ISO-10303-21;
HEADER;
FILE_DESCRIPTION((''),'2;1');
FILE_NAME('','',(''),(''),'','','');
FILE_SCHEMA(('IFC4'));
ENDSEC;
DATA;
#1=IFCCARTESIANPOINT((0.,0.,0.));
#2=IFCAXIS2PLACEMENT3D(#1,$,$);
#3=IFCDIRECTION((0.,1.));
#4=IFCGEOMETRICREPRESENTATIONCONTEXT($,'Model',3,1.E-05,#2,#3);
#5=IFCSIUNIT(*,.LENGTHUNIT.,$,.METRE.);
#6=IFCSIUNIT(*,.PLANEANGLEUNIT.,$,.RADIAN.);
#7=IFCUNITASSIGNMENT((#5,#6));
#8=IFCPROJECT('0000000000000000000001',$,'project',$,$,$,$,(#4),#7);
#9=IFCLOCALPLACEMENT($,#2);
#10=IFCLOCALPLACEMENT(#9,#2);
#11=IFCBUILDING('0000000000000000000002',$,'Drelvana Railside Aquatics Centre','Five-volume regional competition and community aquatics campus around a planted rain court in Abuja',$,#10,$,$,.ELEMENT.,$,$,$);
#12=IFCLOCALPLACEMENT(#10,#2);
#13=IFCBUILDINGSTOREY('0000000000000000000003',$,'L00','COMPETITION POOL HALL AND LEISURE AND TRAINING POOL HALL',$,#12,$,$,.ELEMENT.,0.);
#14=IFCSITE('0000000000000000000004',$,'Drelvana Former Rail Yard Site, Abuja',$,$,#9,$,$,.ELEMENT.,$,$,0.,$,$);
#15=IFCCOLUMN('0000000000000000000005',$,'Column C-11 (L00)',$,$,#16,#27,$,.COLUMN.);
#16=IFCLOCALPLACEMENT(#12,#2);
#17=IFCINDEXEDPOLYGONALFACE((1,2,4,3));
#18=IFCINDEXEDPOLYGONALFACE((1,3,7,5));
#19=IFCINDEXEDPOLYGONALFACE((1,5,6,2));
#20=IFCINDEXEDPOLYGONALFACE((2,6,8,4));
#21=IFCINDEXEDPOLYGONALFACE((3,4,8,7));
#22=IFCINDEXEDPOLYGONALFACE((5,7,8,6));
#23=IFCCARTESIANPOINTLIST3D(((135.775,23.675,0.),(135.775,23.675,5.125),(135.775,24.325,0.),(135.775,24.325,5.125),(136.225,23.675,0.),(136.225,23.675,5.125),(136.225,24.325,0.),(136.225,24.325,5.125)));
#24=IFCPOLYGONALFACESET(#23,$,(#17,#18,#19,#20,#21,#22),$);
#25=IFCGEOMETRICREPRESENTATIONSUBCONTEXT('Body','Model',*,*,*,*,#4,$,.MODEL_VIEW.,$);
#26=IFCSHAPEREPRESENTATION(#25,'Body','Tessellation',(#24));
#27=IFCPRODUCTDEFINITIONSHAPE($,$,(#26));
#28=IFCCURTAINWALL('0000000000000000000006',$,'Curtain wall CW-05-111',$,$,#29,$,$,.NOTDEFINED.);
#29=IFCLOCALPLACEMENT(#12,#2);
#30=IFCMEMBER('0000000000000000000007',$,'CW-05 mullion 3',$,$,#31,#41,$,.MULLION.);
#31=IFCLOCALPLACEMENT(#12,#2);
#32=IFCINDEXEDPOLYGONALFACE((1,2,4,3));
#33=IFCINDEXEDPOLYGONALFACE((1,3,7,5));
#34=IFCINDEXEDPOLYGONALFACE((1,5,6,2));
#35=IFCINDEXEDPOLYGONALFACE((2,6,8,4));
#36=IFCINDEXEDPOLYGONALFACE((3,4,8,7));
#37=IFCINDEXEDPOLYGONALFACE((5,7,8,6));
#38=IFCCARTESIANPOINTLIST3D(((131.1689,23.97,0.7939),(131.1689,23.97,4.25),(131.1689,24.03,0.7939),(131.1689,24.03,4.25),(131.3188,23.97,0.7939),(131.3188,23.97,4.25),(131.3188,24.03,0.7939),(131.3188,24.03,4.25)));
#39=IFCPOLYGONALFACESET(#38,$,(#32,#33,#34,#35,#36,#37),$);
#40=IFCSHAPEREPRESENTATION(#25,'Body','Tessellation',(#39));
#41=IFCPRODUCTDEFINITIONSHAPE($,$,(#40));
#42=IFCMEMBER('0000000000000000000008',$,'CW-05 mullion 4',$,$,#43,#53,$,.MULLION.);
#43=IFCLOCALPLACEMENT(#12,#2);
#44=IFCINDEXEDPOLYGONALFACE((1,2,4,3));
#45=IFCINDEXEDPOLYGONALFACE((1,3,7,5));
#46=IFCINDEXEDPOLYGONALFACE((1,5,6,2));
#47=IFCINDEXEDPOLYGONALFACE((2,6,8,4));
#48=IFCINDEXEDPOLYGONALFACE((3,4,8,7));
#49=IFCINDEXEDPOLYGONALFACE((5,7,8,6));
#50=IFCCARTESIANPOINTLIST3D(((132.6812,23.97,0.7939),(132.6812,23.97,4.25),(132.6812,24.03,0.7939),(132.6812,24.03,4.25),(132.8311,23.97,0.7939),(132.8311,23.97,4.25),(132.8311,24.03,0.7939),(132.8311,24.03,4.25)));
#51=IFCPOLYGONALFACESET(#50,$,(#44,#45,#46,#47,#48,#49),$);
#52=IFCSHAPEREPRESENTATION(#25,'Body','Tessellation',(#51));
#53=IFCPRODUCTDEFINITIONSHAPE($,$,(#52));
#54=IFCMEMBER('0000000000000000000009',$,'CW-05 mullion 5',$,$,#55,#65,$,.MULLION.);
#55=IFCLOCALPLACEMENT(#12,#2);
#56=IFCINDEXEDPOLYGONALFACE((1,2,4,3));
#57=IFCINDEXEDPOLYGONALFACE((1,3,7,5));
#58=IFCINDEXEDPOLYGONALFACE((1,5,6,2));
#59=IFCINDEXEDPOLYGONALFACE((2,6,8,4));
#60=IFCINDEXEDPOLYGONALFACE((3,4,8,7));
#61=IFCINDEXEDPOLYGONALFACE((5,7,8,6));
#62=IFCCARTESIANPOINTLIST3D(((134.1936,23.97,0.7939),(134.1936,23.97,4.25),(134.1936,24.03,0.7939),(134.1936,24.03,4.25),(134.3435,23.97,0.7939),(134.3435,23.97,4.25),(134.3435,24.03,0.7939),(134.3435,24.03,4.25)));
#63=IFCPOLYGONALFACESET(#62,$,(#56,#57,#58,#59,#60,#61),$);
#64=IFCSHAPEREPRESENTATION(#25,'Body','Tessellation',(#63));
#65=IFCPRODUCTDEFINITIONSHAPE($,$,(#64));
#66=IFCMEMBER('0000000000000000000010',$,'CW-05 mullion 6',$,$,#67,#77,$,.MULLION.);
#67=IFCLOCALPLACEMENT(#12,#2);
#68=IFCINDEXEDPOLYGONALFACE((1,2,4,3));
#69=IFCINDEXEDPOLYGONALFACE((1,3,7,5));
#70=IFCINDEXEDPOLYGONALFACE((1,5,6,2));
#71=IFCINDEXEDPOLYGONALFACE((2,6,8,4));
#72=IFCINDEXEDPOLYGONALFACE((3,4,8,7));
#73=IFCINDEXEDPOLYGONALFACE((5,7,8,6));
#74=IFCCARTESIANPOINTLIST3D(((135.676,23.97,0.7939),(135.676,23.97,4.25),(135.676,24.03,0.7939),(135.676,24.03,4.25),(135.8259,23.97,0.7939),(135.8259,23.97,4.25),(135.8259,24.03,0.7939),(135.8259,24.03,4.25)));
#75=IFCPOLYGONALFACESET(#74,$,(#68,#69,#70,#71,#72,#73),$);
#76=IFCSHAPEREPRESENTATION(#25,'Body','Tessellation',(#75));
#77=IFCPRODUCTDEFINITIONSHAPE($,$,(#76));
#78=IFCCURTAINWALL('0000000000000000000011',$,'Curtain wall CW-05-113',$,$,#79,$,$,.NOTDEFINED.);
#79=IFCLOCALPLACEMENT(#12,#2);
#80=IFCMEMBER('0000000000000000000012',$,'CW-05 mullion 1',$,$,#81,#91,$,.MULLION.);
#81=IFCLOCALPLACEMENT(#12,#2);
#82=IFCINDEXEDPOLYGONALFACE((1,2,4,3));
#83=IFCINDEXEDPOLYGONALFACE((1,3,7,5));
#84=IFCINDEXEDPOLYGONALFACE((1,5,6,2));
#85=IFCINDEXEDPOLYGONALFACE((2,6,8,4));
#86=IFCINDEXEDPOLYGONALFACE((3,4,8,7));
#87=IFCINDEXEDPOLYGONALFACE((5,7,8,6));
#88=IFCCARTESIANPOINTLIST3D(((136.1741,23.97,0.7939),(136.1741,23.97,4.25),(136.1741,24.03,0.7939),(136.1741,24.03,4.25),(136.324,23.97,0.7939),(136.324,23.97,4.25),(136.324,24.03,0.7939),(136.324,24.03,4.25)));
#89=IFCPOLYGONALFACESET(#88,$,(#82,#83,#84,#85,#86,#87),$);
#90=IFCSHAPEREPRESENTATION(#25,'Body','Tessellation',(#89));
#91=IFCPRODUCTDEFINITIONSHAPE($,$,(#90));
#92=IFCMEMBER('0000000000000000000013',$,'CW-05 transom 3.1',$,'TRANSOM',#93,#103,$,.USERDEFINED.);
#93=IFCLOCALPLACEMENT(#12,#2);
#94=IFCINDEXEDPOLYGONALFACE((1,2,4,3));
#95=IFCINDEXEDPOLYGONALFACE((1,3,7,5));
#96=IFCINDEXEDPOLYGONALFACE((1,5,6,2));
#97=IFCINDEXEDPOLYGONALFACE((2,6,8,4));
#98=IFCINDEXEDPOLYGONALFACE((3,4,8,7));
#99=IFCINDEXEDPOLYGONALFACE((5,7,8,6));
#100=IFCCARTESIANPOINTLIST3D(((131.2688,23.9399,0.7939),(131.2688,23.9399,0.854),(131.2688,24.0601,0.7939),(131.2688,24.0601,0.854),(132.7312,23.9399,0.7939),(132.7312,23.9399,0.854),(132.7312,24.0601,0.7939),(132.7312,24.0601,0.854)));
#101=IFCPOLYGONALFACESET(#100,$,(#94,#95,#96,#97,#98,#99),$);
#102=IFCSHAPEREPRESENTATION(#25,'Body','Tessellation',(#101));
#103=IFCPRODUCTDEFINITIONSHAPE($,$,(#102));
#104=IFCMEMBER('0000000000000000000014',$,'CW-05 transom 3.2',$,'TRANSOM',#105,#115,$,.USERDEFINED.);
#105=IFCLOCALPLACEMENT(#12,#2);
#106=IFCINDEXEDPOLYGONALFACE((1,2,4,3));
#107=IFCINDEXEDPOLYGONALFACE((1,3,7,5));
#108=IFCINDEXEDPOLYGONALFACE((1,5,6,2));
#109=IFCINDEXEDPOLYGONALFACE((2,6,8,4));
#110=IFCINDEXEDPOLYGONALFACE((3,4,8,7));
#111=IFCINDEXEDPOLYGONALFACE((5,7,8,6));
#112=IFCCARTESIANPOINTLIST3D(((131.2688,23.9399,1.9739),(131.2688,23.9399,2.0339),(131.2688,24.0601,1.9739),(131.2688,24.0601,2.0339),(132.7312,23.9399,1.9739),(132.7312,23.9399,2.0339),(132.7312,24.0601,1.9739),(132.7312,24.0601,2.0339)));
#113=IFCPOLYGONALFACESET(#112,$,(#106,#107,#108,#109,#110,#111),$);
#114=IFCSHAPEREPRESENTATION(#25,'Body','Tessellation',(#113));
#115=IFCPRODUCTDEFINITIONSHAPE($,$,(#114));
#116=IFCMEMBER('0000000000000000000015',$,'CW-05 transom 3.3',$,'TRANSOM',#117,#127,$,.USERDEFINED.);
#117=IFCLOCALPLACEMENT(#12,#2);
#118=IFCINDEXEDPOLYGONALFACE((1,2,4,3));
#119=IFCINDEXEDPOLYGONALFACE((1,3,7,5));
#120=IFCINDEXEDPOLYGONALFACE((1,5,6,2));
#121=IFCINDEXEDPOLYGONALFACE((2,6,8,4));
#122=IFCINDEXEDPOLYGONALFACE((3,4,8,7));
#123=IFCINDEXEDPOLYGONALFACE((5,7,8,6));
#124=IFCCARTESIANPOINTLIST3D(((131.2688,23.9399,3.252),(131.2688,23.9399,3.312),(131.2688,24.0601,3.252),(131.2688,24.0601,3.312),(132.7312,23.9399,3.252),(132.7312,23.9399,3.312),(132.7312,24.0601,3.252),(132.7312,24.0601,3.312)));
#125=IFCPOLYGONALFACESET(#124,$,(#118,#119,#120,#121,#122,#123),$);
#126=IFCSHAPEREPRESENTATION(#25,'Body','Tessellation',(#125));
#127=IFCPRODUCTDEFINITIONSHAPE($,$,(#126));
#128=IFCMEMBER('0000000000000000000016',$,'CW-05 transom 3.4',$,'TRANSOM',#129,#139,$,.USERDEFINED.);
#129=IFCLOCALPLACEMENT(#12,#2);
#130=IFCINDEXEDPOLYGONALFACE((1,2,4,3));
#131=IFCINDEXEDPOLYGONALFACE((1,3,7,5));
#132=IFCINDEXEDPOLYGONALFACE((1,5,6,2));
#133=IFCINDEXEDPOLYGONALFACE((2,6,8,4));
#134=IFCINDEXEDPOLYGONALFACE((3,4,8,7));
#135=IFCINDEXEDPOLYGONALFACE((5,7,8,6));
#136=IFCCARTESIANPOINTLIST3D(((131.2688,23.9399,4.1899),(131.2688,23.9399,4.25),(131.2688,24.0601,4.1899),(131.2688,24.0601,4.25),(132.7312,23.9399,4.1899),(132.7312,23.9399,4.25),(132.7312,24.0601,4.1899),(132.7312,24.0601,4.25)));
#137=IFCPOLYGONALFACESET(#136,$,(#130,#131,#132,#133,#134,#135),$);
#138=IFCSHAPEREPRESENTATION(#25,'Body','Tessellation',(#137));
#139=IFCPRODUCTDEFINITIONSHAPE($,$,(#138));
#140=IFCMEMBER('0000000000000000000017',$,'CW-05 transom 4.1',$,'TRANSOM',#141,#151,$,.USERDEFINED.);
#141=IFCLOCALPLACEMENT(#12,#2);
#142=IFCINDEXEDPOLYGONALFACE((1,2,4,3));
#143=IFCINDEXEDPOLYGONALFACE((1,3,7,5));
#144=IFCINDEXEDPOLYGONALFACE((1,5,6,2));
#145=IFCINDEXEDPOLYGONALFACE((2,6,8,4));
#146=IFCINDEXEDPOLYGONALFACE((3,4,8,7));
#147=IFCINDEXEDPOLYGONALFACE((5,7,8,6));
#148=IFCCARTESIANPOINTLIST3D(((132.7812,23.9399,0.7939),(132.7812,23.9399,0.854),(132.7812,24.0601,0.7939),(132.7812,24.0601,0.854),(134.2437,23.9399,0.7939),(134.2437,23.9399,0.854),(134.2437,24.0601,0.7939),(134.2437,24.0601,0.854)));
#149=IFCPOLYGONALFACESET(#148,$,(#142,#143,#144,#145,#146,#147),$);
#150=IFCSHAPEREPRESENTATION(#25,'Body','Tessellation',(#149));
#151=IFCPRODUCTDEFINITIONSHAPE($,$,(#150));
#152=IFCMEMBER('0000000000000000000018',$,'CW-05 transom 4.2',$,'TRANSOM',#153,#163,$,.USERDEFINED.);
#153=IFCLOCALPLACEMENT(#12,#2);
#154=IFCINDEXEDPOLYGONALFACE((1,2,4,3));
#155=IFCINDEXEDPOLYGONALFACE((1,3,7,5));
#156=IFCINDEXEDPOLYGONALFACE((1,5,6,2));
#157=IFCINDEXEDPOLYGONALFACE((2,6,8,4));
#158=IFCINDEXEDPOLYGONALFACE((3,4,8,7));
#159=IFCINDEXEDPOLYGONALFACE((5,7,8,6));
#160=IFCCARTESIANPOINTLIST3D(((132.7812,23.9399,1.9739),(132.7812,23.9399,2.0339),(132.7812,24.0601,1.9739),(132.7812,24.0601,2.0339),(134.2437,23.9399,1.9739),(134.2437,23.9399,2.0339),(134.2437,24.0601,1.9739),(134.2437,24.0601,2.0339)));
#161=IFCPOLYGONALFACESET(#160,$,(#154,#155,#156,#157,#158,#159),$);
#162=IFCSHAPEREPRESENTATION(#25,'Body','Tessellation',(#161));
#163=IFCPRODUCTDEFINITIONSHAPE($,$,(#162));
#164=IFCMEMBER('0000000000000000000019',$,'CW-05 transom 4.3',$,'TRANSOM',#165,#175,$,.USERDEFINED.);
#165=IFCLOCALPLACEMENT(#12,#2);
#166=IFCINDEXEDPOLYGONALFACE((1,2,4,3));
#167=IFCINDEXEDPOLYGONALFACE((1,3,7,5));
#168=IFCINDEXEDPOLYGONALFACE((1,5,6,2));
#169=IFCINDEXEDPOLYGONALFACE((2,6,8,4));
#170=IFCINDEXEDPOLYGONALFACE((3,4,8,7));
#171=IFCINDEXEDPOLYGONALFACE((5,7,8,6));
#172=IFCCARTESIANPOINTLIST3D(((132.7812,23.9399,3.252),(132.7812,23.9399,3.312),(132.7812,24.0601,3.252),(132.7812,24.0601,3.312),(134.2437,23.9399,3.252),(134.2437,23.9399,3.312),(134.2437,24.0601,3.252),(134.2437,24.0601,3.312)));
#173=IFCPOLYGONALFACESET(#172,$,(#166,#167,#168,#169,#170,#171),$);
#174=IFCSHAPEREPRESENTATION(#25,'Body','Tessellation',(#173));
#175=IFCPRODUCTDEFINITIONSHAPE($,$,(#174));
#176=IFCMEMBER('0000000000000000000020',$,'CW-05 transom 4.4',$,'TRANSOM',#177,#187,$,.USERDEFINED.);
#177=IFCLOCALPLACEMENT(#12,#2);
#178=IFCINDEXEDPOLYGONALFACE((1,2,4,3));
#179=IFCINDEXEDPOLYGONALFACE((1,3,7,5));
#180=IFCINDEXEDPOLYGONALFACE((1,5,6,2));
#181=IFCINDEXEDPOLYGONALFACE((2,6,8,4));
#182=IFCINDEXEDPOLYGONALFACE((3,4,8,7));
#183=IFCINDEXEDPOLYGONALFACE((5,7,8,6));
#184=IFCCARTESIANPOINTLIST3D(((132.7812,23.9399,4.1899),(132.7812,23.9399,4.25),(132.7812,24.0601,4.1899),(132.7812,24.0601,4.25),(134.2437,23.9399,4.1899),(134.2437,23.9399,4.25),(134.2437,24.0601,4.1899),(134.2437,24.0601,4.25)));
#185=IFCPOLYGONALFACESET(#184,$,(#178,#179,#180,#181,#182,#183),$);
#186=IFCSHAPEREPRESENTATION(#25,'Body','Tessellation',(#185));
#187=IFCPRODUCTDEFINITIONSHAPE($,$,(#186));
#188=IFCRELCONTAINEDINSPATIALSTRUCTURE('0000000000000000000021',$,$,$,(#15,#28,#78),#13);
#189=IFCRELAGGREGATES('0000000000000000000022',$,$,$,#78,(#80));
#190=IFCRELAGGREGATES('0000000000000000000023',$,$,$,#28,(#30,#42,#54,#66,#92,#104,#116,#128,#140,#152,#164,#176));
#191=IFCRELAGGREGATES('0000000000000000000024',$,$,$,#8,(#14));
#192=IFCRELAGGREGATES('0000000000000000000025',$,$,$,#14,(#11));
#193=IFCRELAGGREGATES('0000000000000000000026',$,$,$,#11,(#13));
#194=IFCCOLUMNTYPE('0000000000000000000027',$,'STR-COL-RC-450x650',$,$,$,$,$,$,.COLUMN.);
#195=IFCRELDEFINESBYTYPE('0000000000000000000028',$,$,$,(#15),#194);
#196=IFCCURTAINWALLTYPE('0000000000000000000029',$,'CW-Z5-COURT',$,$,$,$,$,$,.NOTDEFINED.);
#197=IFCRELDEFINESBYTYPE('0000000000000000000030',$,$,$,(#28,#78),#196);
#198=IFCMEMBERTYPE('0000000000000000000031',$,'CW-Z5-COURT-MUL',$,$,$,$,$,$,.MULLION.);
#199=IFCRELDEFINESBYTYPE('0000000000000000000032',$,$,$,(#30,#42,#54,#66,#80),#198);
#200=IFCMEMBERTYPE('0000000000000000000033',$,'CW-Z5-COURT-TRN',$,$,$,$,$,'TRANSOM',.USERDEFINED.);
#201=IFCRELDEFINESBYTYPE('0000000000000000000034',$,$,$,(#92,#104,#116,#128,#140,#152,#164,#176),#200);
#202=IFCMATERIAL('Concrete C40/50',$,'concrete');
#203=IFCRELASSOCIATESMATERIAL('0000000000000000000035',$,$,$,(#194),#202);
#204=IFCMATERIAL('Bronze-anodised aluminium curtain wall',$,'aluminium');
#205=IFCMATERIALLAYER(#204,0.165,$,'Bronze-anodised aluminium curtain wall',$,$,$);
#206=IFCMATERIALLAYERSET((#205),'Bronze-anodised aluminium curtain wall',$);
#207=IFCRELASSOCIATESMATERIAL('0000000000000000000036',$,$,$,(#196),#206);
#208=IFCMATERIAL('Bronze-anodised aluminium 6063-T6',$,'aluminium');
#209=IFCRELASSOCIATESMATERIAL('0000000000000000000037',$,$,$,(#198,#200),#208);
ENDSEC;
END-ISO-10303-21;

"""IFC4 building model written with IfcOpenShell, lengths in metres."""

from ifc_helpers import new_model, si_unit, direction, frame, origin, origin_2d, place, context, subcontext, project, spatial, rectangle, extrude, material, layer, layer_set, material_profile, profile_set, type_object, element, aggregate, save


model = new_model("IFC4")

# Units and contexts
model_context = context("Model", 3, precision=1e-05, world=origin(), true_north=direction((0.0, 1.0)))
body_context = subcontext(model_context, "Body", "Model", "MODEL_VIEW")
ifc_project = project(units=[si_unit("LENGTHUNIT", "METRE"), si_unit("PLANEANGLEUNIT", "RADIAN")], contexts=[model_context])

# Site, building, storey
site_placement = place(None, origin())
site = spatial("IfcSite", under=ifc_project, at=site_placement, Name="Drelvana Former Rail Yard Site, Abuja", CompositionType="ELEMENT", RefElevation=0.0)
building_placement = place(site_placement, origin())
building = spatial("IfcBuilding", under=site, at=building_placement, Name="Drelvana Railside Aquatics Centre", Description="Five-volume regional competition and community aquatics campus around a planted rain court in Abuja", CompositionType="ELEMENT")
storey_placement = place(building_placement, origin())
storey = spatial("IfcBuildingStorey", under=building, at=storey_placement, Name="L00", Description="COMPETITION POOL HALL AND LEISURE AND TRAINING POOL HALL", CompositionType="ELEMENT", Elevation=0.0)

# Column
ifc_material_1 = material(Name="Concrete C40/50", Category="concrete")
ifc_material_profile_1 = material_profile(ifc_material_1, rectangle(XDim=0.45, YDim=0.6499, at=origin_2d()), Name="RC 450x650")
ifc_profile_set_1 = profile_set([ifc_material_profile_1], Name="Concrete C40/50")
column_type = type_object("IfcColumnType", Name="STR-COL-RC-450x650", PredefinedType="COLUMN", material=ifc_profile_set_1)
column_placement = place(storey_placement, frame((136.0, 24.0, 0.0), z_axis=(0.0, 0.0, 1.0), x_axis=(1.0, 0.0, 0.0)))
element("IfcColumn", 1, at=column_placement, inside=storey, type_object=column_type, Name="Column C-11 (L00)", PredefinedType="COLUMN", context=body_context, shape_type="SweptSolid", body=[
    extrude(rectangle(XDim=0.45, YDim=0.6499, at=origin_2d()), origin(), (0.0, 0.0, 1.0), 5.125),
])

# Curtain wall, members
ifc_material_2 = material(Name="Bronze-anodised aluminium curtain wall", Category="aluminium")
ifc_layer_1 = layer(ifc_material_2, 0.165, Name="Bronze-anodised aluminium curtain wall")
ifc_layer_set_1 = layer_set([ifc_layer_1], Name="Bronze-anodised aluminium curtain wall")
curtain_wall_type = type_object("IfcCurtainWallType", Name="CW-Z5-COURT", PredefinedType="NOTDEFINED", material=ifc_layer_set_1)
curtain_wall_1_placement = place(storey_placement, origin())
curtain_wall_1 = element("IfcCurtainWall", 2, at=curtain_wall_1_placement, inside=storey, type_object=curtain_wall_type, Name="Curtain wall CW-05-111", PredefinedType="NOTDEFINED")
ifc_material_3 = material(Name="Bronze-anodised aluminium 6063-T6", Category="aluminium")
ifc_material_profile_2 = material_profile(ifc_material_3, rectangle(XDim=0.0601, YDim=0.1499, at=origin_2d()), Name="ALU-M 60x150")
ifc_profile_set_2 = profile_set([ifc_material_profile_2], Name="Bronze-anodised aluminium 6063-T6")
member_type_1 = type_object("IfcMemberType", Name="CW-Z5-COURT-MUL", PredefinedType="MULLION", material=ifc_profile_set_2)
member_1_placement = place(storey_placement, frame((131.2439, 24.0, 0.7939), z_axis=(0.0, 0.0, 1.0), x_axis=(0.0, 1.0, 0.0)))
member_1 = element("IfcMember", 3, at=member_1_placement, type_object=member_type_1, Name="CW-05 mullion 3", PredefinedType="MULLION", context=body_context, shape_type="SweptSolid", body=[
    extrude(rectangle(XDim=0.0601, YDim=0.1499, at=origin_2d()), origin(), (0.0, 0.0, 1.0), 3.4561),
])
member_2_placement = place(storey_placement, frame((132.7561, 24.0, 0.7939), z_axis=(0.0, 0.0, 1.0), x_axis=(0.0, 1.0, 0.0)))
member_2 = element("IfcMember", 4, at=member_2_placement, type_object=member_type_1, Name="CW-05 mullion 4", PredefinedType="MULLION", context=body_context, shape_type="SweptSolid", body=[
    extrude(rectangle(XDim=0.0601, YDim=0.1499, at=origin_2d()), origin(), (0.0, 0.0, 1.0), 3.4561),
])
member_3_placement = place(storey_placement, frame((134.2686, 24.0, 0.7939), z_axis=(0.0, 0.0, 1.0), x_axis=(0.0, 1.0, 0.0)))
member_3 = element("IfcMember", 5, at=member_3_placement, type_object=member_type_1, Name="CW-05 mullion 5", PredefinedType="MULLION", context=body_context, shape_type="SweptSolid", body=[
    extrude(rectangle(XDim=0.0601, YDim=0.1499, at=origin_2d()), origin(), (0.0, 0.0, 1.0), 3.4561),
])
member_4_placement = place(storey_placement, frame((135.751, 24.0, 0.7939), z_axis=(0.0, 0.0, 1.0), x_axis=(0.0, 1.0, 0.0)))
member_4 = element("IfcMember", 6, at=member_4_placement, type_object=member_type_1, Name="CW-05 mullion 6", PredefinedType="MULLION", context=body_context, shape_type="SweptSolid", body=[
    extrude(rectangle(XDim=0.0601, YDim=0.1499, at=origin_2d()), origin(), (0.0, 0.0, 1.0), 3.4561),
])

# Curtain wall, member
curtain_wall_2_placement = place(storey_placement, origin())
curtain_wall_2 = element("IfcCurtainWall", 7, at=curtain_wall_2_placement, inside=storey, type_object=curtain_wall_type, Name="Curtain wall CW-05-113", PredefinedType="NOTDEFINED")
member_5_placement = place(storey_placement, frame((136.249, 24.0, 0.7939), z_axis=(0.0, 0.0, 1.0), x_axis=(0.0, 1.0, 0.0)))
member_5 = element("IfcMember", 8, at=member_5_placement, type_object=member_type_1, Name="CW-05 mullion 1", PredefinedType="MULLION", context=body_context, shape_type="SweptSolid", body=[
    extrude(rectangle(XDim=0.0601, YDim=0.1499, at=origin_2d()), origin(), (0.0, 0.0, 1.0), 3.4561),
])

# Members
ifc_material_profile_3 = material_profile(ifc_material_3, rectangle(XDim=0.1201, YDim=0.0601, at=origin_2d()), Name="ALU-T 60x120")
ifc_profile_set_3 = profile_set([ifc_material_profile_3], Name="Bronze-anodised aluminium 6063-T6")
member_type_2 = type_object("IfcMemberType", Name="CW-Z5-COURT-TRN", ElementType="TRANSOM", PredefinedType="USERDEFINED", material=ifc_profile_set_3)
member_6_placement = place(storey_placement, frame((131.2688, 24.0, 0.824), z_axis=(1.0, 0.0, 0.0), x_axis=(0.0, 1.0, 0.0)))
member_6 = element("IfcMember", 9, at=member_6_placement, type_object=member_type_2, Name="CW-05 transom 3.1", ObjectType="TRANSOM", PredefinedType="USERDEFINED", context=body_context, shape_type="SweptSolid", body=[
    extrude(rectangle(XDim=0.1201, YDim=0.0601, at=origin_2d()), origin(), (0.0, 0.0, 1.0), 1.4624),
])
member_7_placement = place(storey_placement, frame((131.2688, 24.0, 2.0039), z_axis=(1.0, 0.0, 0.0), x_axis=(0.0, 1.0, 0.0)))
member_7 = element("IfcMember", 10, at=member_7_placement, type_object=member_type_2, Name="CW-05 transom 3.2", ObjectType="TRANSOM", PredefinedType="USERDEFINED", context=body_context, shape_type="SweptSolid", body=[
    extrude(rectangle(XDim=0.1201, YDim=0.0601, at=origin_2d()), origin(), (0.0, 0.0, 1.0), 1.4624),
])
member_8_placement = place(storey_placement, frame((131.2688, 24.0, 3.282), z_axis=(1.0, 0.0, 0.0), x_axis=(0.0, 1.0, 0.0)))
member_8 = element("IfcMember", 11, at=member_8_placement, type_object=member_type_2, Name="CW-05 transom 3.3", ObjectType="TRANSOM", PredefinedType="USERDEFINED", context=body_context, shape_type="SweptSolid", body=[
    extrude(rectangle(XDim=0.1201, YDim=0.0601, at=origin_2d()), origin(), (0.0, 0.0, 1.0), 1.4624),
])
member_9_placement = place(storey_placement, frame((131.2688, 24.0, 4.22), z_axis=(1.0, 0.0, 0.0), x_axis=(0.0, 1.0, 0.0)))
member_9 = element("IfcMember", 12, at=member_9_placement, type_object=member_type_2, Name="CW-05 transom 3.4", ObjectType="TRANSOM", PredefinedType="USERDEFINED", context=body_context, shape_type="SweptSolid", body=[
    extrude(rectangle(XDim=0.1201, YDim=0.0601, at=origin_2d()), origin(), (0.0, 0.0, 1.0), 1.4624),
])
member_10_placement = place(storey_placement, frame((132.7812, 24.0, 0.824), z_axis=(1.0, 0.0, 0.0), x_axis=(0.0, 1.0, 0.0)))
member_10 = element("IfcMember", 13, at=member_10_placement, type_object=member_type_2, Name="CW-05 transom 4.1", ObjectType="TRANSOM", PredefinedType="USERDEFINED", context=body_context, shape_type="SweptSolid", body=[
    extrude(rectangle(XDim=0.1201, YDim=0.0601, at=origin_2d()), origin(), (0.0, 0.0, 1.0), 1.4624),
])
member_11_placement = place(storey_placement, frame((132.7812, 24.0, 2.0039), z_axis=(1.0, 0.0, 0.0), x_axis=(0.0, 1.0, 0.0)))
member_11 = element("IfcMember", 14, at=member_11_placement, type_object=member_type_2, Name="CW-05 transom 4.2", ObjectType="TRANSOM", PredefinedType="USERDEFINED", context=body_context, shape_type="SweptSolid", body=[
    extrude(rectangle(XDim=0.1201, YDim=0.0601, at=origin_2d()), origin(), (0.0, 0.0, 1.0), 1.4624),
])
member_12_placement = place(storey_placement, frame((132.7812, 24.0, 3.282), z_axis=(1.0, 0.0, 0.0), x_axis=(0.0, 1.0, 0.0)))
member_12 = element("IfcMember", 15, at=member_12_placement, type_object=member_type_2, Name="CW-05 transom 4.3", ObjectType="TRANSOM", PredefinedType="USERDEFINED", context=body_context, shape_type="SweptSolid", body=[
    extrude(rectangle(XDim=0.1201, YDim=0.0601, at=origin_2d()), origin(), (0.0, 0.0, 1.0), 1.4624),
])
member_13_placement = place(storey_placement, frame((132.7812, 24.0, 4.22), z_axis=(1.0, 0.0, 0.0), x_axis=(0.0, 1.0, 0.0)))
member_13 = element("IfcMember", 16, at=member_13_placement, type_object=member_type_2, Name="CW-05 transom 4.4", ObjectType="TRANSOM", PredefinedType="USERDEFINED", context=body_context, shape_type="SweptSolid", body=[
    extrude(rectangle(XDim=0.1201, YDim=0.0601, at=origin_2d()), origin(), (0.0, 0.0, 1.0), 1.4624),
])
aggregate(curtain_wall_2, [member_5])

aggregate(curtain_wall_1, [member_1, member_2, member_3, member_4, member_6, member_7, member_8, member_9, member_10, member_11, member_12, member_13])

save(model, "model.ifc")
